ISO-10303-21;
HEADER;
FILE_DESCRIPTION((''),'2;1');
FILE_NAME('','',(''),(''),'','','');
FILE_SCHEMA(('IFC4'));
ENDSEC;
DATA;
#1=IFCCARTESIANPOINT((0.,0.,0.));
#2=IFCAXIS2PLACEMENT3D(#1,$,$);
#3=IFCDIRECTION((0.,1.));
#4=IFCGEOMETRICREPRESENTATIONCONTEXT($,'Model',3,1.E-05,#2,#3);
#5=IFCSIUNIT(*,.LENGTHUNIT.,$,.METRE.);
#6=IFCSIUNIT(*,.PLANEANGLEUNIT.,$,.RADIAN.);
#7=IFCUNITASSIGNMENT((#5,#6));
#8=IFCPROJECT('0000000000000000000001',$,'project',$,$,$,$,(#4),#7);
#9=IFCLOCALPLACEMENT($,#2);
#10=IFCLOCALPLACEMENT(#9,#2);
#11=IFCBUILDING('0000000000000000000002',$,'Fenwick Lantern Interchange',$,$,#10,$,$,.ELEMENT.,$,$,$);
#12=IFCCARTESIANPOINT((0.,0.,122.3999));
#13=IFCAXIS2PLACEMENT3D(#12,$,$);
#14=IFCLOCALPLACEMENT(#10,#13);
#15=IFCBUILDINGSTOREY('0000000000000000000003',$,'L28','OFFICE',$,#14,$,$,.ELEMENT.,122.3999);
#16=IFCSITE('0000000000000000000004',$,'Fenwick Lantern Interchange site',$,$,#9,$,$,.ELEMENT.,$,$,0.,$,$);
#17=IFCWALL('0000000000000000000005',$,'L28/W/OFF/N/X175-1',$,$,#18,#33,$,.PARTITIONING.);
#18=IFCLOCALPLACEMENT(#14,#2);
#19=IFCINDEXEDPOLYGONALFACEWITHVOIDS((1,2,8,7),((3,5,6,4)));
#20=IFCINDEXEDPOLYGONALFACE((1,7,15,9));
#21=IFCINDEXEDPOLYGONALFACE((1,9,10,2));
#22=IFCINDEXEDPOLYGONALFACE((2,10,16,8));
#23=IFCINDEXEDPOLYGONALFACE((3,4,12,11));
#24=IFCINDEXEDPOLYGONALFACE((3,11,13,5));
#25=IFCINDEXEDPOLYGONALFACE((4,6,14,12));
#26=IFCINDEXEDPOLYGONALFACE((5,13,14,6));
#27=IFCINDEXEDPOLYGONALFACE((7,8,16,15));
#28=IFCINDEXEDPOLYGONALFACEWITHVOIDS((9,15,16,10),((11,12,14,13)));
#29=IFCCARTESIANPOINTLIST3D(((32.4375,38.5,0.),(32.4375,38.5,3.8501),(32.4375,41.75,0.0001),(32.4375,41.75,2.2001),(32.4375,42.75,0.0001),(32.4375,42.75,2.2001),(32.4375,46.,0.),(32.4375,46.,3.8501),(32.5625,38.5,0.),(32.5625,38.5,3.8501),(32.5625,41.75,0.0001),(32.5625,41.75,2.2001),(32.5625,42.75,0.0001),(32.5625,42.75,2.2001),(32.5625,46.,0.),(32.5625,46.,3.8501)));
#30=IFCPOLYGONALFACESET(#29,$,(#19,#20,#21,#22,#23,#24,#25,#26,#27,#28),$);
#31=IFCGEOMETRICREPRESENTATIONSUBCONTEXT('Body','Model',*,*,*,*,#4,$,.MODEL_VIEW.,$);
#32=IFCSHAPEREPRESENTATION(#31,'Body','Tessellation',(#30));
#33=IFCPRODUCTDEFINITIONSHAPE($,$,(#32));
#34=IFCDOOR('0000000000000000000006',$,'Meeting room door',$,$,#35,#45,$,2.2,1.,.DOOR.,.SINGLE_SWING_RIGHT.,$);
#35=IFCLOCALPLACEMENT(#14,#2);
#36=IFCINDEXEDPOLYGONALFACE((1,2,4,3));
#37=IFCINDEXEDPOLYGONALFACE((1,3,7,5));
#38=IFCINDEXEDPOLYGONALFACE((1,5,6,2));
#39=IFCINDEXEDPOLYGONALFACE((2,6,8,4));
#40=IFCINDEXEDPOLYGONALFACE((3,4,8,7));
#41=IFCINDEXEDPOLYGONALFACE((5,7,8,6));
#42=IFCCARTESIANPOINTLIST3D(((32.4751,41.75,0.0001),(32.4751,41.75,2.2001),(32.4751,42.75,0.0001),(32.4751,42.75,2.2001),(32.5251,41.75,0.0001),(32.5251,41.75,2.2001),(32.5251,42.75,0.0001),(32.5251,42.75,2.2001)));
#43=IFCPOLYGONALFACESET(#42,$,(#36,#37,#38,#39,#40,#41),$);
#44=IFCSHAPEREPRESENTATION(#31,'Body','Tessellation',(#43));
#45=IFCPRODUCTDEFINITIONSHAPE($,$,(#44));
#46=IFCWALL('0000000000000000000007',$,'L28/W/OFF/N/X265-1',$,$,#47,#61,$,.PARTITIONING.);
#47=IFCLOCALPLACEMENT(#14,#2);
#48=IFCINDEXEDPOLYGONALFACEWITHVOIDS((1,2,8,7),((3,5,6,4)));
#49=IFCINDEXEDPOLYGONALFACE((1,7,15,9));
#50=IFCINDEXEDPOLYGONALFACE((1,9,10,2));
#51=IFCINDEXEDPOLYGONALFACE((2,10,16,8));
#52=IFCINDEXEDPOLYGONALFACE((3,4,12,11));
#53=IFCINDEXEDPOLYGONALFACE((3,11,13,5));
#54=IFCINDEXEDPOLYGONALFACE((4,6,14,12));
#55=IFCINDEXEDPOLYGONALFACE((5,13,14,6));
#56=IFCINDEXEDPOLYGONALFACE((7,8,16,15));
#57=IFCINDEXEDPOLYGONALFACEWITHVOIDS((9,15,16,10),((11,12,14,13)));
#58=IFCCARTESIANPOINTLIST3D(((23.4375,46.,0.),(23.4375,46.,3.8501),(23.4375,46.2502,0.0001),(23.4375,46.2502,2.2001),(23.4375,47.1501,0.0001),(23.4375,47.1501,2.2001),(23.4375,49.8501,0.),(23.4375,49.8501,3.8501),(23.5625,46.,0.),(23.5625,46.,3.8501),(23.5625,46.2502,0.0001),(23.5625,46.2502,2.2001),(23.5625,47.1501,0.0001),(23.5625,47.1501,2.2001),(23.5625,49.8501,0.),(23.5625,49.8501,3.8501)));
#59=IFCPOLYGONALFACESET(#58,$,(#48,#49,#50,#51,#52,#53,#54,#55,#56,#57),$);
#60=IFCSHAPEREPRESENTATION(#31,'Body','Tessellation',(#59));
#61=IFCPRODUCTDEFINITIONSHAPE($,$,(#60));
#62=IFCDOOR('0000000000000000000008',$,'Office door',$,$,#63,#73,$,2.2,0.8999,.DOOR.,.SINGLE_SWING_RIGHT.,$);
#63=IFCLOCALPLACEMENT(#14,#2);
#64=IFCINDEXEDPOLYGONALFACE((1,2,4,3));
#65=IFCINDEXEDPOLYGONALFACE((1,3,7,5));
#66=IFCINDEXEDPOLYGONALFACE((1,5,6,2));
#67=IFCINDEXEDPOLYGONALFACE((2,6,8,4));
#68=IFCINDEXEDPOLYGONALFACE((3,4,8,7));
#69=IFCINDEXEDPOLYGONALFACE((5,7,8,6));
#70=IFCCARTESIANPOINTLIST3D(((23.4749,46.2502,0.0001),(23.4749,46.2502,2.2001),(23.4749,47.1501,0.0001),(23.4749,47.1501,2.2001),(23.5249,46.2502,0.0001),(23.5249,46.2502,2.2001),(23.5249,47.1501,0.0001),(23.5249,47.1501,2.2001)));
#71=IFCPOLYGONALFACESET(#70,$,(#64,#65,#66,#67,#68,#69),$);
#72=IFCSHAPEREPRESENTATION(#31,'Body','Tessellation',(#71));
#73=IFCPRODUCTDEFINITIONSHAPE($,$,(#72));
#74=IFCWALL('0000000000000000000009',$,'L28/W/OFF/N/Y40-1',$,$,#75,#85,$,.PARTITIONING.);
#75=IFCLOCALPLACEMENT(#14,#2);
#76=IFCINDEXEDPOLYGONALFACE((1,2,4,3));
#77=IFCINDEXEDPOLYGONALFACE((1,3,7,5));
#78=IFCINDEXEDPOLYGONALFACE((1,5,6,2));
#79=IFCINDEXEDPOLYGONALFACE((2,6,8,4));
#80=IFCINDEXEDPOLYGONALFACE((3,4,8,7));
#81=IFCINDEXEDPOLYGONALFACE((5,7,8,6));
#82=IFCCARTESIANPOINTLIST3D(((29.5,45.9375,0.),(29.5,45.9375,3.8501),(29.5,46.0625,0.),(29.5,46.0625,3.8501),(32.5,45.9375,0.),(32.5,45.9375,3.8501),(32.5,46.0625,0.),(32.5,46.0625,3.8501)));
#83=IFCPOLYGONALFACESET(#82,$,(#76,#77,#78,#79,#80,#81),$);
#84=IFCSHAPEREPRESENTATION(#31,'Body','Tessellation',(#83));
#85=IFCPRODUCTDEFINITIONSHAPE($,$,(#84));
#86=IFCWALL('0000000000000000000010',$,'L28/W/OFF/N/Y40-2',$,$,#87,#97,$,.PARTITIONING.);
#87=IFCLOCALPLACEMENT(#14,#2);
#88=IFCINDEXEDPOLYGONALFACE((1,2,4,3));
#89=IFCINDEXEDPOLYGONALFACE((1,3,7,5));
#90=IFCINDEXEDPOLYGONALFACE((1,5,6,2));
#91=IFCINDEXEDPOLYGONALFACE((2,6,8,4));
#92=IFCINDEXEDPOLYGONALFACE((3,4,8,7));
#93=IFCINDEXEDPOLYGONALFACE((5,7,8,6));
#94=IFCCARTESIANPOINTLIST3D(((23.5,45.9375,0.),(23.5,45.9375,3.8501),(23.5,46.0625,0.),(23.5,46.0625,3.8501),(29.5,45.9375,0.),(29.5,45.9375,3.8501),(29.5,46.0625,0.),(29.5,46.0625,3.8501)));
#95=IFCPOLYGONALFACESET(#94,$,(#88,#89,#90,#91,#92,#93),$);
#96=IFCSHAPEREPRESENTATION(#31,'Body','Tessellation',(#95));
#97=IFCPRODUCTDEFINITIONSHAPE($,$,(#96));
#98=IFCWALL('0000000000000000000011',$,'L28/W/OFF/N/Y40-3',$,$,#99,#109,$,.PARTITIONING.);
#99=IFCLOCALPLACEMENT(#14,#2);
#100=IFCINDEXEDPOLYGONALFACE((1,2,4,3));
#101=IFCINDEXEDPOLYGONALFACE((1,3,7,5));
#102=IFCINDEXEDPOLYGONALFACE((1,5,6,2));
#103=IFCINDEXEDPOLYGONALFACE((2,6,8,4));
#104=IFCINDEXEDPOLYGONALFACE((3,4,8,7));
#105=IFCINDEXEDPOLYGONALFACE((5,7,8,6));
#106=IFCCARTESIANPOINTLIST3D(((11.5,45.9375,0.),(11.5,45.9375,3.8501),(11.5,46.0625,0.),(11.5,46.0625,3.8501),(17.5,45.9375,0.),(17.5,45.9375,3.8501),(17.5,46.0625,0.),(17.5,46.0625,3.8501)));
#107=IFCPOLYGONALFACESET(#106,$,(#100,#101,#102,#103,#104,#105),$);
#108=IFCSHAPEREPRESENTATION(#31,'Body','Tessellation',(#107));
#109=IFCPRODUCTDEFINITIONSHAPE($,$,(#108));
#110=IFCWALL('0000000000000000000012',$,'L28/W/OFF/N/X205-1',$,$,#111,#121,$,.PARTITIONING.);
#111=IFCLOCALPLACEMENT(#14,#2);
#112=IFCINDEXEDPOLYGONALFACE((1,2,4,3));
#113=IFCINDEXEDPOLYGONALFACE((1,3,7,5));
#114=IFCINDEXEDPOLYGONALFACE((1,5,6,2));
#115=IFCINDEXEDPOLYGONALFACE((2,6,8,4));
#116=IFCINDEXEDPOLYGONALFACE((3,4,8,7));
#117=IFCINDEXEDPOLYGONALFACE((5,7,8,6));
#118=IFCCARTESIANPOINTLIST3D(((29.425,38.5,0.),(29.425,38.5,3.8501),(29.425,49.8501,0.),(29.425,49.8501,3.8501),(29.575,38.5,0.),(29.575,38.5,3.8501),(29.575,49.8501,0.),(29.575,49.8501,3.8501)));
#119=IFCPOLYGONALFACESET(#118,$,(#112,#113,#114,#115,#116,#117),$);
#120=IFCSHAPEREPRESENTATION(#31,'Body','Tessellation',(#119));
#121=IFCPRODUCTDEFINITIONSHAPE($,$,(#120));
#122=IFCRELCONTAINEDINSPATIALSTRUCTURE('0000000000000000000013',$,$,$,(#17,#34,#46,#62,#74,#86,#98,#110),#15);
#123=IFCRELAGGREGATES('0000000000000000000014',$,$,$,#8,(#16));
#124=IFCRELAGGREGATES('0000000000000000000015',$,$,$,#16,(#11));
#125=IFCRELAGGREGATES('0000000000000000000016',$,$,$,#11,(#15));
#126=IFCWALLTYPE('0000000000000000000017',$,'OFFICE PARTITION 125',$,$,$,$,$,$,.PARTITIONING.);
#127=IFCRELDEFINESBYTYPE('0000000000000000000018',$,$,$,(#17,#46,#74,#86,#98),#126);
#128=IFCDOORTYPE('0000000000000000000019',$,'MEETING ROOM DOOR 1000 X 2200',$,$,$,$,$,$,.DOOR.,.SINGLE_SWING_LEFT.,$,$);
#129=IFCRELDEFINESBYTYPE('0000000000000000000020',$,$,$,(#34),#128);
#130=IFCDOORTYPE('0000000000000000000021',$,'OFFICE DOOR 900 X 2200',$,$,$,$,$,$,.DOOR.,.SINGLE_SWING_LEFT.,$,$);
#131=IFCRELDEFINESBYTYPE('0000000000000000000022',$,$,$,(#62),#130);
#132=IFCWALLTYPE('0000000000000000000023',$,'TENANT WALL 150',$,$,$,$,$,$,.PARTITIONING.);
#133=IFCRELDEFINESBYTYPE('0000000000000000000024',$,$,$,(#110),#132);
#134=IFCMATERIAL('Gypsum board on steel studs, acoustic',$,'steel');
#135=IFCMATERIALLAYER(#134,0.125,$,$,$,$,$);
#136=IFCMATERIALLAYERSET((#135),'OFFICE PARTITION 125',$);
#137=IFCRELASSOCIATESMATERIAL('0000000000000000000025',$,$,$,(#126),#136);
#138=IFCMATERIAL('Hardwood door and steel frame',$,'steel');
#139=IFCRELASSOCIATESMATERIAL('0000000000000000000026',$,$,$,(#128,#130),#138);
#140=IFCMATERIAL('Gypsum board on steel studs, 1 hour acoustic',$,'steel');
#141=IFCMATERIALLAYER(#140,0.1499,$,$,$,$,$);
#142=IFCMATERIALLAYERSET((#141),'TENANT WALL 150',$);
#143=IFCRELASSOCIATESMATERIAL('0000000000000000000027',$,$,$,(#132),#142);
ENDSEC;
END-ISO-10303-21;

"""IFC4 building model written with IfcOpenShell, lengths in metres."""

from ifc_helpers import new_model, si_unit, direction, frame, frame_2d, origin, place, context, subcontext, project, spatial, rectangle, extrude, material, layer, layer_set, type_object, element, fill, save


model = new_model("IFC4")

# Units and contexts
model_context = context("Model", 3, precision=1e-05, world=origin(), true_north=direction((0.0, 1.0)))
body_context = subcontext(model_context, "Body", "Model", "MODEL_VIEW")
ifc_project = project(units=[si_unit("LENGTHUNIT", "METRE"), si_unit("PLANEANGLEUNIT", "RADIAN")], contexts=[model_context])

# Site, building, storey
site_placement = place(None, origin())
site = spatial("IfcSite", under=ifc_project, at=site_placement, Name="Fenwick Lantern Interchange site", CompositionType="ELEMENT", RefElevation=0.0)
building_placement = place(site_placement, origin())
building = spatial("IfcBuilding", under=site, at=building_placement, Name="Fenwick Lantern Interchange", CompositionType="ELEMENT")
storey_placement = place(building_placement, frame((0.0, 0.0, 122.3999)))
storey = spatial("IfcBuildingStorey", under=building, at=storey_placement, Name="L28", Description="OFFICE", CompositionType="ELEMENT", Elevation=122.3999)

# Walls, openings, doors
ifc_material_1 = material(Name="Gypsum board on steel studs, acoustic", Category="steel")
ifc_layer_1 = layer(ifc_material_1, 0.125)
ifc_layer_set_1 = layer_set([ifc_layer_1], Name="OFFICE PARTITION 125")
wall_type_1 = type_object("IfcWallType", Name="OFFICE PARTITION 125", PredefinedType="PARTITIONING", material=ifc_layer_set_1)
wall_1_placement = place(storey_placement, frame((32.5, 46.0, 0.0), z_axis=(0.0, 0.0, 1.0), x_axis=(0.0, -1.0, 0.0)))
wall_1 = element("IfcWall", 1, at=wall_1_placement, inside=storey, type_object=wall_type_1, Name="L28/W/OFF/N/X175-1", PredefinedType="PARTITIONING", context=body_context, shape_type="SweptSolid", body=[
    extrude(rectangle(XDim=7.5, YDim=0.125, at=frame_2d((3.75, 0.0))), origin(), (0.0, 0.0, 1.0), 3.8501),
])
opening_1_placement = place(wall_1_placement, frame((3.25, 0.0, 0.0)))
opening_1 = element("IfcOpeningElement", 2, at=opening_1_placement, cuts=wall_1, PredefinedType="OPENING", context=body_context, shape_type="SweptSolid", body=[
    extrude(rectangle(XDim=1.0, YDim=2.2, at=frame_2d((0.5, 1.1001))), frame((0.0, 0.0725, 0.0), z_axis=(0.0, -1.0, 0.0), x_axis=(1.0, 0.0, 0.0)), (0.0, 0.0, 1.0), 0.145),
])
ifc_material_2 = material(Name="Hardwood door and steel frame", Category="steel")
door_type_1 = type_object("IfcDoorType", Name="MEETING ROOM DOOR 1000 X 2200", OperationType="SINGLE_SWING_LEFT", PredefinedType="DOOR", material=ifc_material_2)
door_1_placement = place(opening_1_placement, frame((1.0, 0.0, 0.0), z_axis=(0.0, 0.0, 1.0), x_axis=(-1.0, 0.0, 0.0)))
door_1 = element("IfcDoor", 3, at=door_1_placement, inside=storey, type_object=door_type_1, Name="Meeting room door", OperationType="SINGLE_SWING_RIGHT", OverallHeight=2.2, OverallWidth=1.0, PredefinedType="DOOR", context=body_context, shape_type="SweptSolid", body=[
    extrude(rectangle(XDim=1.0, YDim=2.2, at=frame_2d((0.5, 1.1001))), frame((0.0, 0.0249, 0.0), z_axis=(0.0, -1.0, 0.0), x_axis=(1.0, 0.0, 0.0)), (0.0, 0.0, 1.0), 0.05),
])
fill(opening_1, door_1)
wall_2_placement = place(storey_placement, frame((23.5, 49.8501, 0.0), z_axis=(0.0, 0.0, 1.0), x_axis=(0.0, -1.0, 0.0)))
wall_2 = element("IfcWall", 4, at=wall_2_placement, inside=storey, type_object=wall_type_1, Name="L28/W/OFF/N/X265-1", PredefinedType="PARTITIONING", context=body_context, shape_type="SweptSolid", body=[
    extrude(rectangle(XDim=3.8501, YDim=0.125, at=frame_2d((1.925, 0.0))), origin(), (0.0, 0.0, 1.0), 3.8501),
])
opening_2_placement = place(wall_2_placement, frame((2.7, 0.0, 0.0)))
opening_2 = element("IfcOpeningElement", 5, at=opening_2_placement, cuts=wall_2, PredefinedType="OPENING", context=body_context, shape_type="SweptSolid", body=[
    extrude(rectangle(XDim=0.8999, YDim=2.2, at=frame_2d((0.45, 1.1001))), frame((0.0, 0.0725, 0.0), z_axis=(0.0, -1.0, 0.0), x_axis=(1.0, 0.0, 0.0)), (0.0, 0.0, 1.0), 0.145),
])
door_type_2 = type_object("IfcDoorType", Name="OFFICE DOOR 900 X 2200", OperationType="SINGLE_SWING_LEFT", PredefinedType="DOOR", material=ifc_material_2)
door_2_placement = place(opening_2_placement, origin())
door_2 = element("IfcDoor", 6, at=door_2_placement, inside=storey, type_object=door_type_2, Name="Office door", OperationType="SINGLE_SWING_RIGHT", OverallHeight=2.2, OverallWidth=0.8999, PredefinedType="DOOR", context=body_context, shape_type="SweptSolid", body=[
    extrude(rectangle(XDim=0.8999, YDim=2.2, at=frame_2d((0.45, 1.1001))), frame((0.0, 0.0249, 0.0), z_axis=(0.0, -1.0, 0.0), x_axis=(1.0, 0.0, 0.0)), (0.0, 0.0, 1.0), 0.05),
])
fill(opening_2, door_2)

# Walls
wall_3_placement = place(storey_placement, frame((32.5, 46.0, 0.0), z_axis=(0.0, 0.0, 1.0), x_axis=(-1.0, 0.0, 0.0)))
element("IfcWall", 7, at=wall_3_placement, inside=storey, type_object=wall_type_1, Name="L28/W/OFF/N/Y40-1", PredefinedType="PARTITIONING", context=body_context, shape_type="SweptSolid", body=[
    extrude(rectangle(XDim=3.0, YDim=0.125, at=frame_2d((1.5, 0.0))), origin(), (0.0, 0.0, 1.0), 3.8501),
])
for number, where, z_axis, x_axis, name in (
    (8, (29.5, 46.0, 0.0), (0.0, 0.0, 1.0), (-1.0, 0.0, 0.0), "L28/W/OFF/N/Y40-2"),
    (9, (17.5, 46.0, 0.0), (0.0, 0.0, 1.0), (-1.0, 0.0, 0.0), "L28/W/OFF/N/Y40-3"),
):
    element("IfcWall", number, at=place(storey_placement, frame(where, z_axis=z_axis, x_axis=x_axis)), inside=storey, type_object=wall_type_1, Name=name, PredefinedType="PARTITIONING", context=body_context, shape_type="SweptSolid", body=[
        extrude(rectangle(XDim=6.0, YDim=0.125, at=frame_2d((3.0, 0.0))), origin(), (0.0, 0.0, 1.0), 3.8501),
    ])
ifc_material_3 = material(Name="Gypsum board on steel studs, 1 hour acoustic", Category="steel")
ifc_layer_2 = layer(ifc_material_3, 0.1499)
ifc_layer_set_2 = layer_set([ifc_layer_2], Name="TENANT WALL 150")
wall_type_2 = type_object("IfcWallType", Name="TENANT WALL 150", PredefinedType="PARTITIONING", material=ifc_layer_set_2)
wall_4_placement = place(storey_placement, frame((29.5, 49.8501, 0.0), z_axis=(0.0, 0.0, 1.0), x_axis=(0.0, -1.0, 0.0)))
element("IfcWall", 10, at=wall_4_placement, inside=storey, type_object=wall_type_2, Name="L28/W/OFF/N/X205-1", PredefinedType="PARTITIONING", context=body_context, shape_type="SweptSolid", body=[
    extrude(rectangle(XDim=11.3501, YDim=0.1499, at=frame_2d((5.675, 0.0))), origin(), (0.0, 0.0, 1.0), 3.8501),
])

save(model, "model.ifc")
